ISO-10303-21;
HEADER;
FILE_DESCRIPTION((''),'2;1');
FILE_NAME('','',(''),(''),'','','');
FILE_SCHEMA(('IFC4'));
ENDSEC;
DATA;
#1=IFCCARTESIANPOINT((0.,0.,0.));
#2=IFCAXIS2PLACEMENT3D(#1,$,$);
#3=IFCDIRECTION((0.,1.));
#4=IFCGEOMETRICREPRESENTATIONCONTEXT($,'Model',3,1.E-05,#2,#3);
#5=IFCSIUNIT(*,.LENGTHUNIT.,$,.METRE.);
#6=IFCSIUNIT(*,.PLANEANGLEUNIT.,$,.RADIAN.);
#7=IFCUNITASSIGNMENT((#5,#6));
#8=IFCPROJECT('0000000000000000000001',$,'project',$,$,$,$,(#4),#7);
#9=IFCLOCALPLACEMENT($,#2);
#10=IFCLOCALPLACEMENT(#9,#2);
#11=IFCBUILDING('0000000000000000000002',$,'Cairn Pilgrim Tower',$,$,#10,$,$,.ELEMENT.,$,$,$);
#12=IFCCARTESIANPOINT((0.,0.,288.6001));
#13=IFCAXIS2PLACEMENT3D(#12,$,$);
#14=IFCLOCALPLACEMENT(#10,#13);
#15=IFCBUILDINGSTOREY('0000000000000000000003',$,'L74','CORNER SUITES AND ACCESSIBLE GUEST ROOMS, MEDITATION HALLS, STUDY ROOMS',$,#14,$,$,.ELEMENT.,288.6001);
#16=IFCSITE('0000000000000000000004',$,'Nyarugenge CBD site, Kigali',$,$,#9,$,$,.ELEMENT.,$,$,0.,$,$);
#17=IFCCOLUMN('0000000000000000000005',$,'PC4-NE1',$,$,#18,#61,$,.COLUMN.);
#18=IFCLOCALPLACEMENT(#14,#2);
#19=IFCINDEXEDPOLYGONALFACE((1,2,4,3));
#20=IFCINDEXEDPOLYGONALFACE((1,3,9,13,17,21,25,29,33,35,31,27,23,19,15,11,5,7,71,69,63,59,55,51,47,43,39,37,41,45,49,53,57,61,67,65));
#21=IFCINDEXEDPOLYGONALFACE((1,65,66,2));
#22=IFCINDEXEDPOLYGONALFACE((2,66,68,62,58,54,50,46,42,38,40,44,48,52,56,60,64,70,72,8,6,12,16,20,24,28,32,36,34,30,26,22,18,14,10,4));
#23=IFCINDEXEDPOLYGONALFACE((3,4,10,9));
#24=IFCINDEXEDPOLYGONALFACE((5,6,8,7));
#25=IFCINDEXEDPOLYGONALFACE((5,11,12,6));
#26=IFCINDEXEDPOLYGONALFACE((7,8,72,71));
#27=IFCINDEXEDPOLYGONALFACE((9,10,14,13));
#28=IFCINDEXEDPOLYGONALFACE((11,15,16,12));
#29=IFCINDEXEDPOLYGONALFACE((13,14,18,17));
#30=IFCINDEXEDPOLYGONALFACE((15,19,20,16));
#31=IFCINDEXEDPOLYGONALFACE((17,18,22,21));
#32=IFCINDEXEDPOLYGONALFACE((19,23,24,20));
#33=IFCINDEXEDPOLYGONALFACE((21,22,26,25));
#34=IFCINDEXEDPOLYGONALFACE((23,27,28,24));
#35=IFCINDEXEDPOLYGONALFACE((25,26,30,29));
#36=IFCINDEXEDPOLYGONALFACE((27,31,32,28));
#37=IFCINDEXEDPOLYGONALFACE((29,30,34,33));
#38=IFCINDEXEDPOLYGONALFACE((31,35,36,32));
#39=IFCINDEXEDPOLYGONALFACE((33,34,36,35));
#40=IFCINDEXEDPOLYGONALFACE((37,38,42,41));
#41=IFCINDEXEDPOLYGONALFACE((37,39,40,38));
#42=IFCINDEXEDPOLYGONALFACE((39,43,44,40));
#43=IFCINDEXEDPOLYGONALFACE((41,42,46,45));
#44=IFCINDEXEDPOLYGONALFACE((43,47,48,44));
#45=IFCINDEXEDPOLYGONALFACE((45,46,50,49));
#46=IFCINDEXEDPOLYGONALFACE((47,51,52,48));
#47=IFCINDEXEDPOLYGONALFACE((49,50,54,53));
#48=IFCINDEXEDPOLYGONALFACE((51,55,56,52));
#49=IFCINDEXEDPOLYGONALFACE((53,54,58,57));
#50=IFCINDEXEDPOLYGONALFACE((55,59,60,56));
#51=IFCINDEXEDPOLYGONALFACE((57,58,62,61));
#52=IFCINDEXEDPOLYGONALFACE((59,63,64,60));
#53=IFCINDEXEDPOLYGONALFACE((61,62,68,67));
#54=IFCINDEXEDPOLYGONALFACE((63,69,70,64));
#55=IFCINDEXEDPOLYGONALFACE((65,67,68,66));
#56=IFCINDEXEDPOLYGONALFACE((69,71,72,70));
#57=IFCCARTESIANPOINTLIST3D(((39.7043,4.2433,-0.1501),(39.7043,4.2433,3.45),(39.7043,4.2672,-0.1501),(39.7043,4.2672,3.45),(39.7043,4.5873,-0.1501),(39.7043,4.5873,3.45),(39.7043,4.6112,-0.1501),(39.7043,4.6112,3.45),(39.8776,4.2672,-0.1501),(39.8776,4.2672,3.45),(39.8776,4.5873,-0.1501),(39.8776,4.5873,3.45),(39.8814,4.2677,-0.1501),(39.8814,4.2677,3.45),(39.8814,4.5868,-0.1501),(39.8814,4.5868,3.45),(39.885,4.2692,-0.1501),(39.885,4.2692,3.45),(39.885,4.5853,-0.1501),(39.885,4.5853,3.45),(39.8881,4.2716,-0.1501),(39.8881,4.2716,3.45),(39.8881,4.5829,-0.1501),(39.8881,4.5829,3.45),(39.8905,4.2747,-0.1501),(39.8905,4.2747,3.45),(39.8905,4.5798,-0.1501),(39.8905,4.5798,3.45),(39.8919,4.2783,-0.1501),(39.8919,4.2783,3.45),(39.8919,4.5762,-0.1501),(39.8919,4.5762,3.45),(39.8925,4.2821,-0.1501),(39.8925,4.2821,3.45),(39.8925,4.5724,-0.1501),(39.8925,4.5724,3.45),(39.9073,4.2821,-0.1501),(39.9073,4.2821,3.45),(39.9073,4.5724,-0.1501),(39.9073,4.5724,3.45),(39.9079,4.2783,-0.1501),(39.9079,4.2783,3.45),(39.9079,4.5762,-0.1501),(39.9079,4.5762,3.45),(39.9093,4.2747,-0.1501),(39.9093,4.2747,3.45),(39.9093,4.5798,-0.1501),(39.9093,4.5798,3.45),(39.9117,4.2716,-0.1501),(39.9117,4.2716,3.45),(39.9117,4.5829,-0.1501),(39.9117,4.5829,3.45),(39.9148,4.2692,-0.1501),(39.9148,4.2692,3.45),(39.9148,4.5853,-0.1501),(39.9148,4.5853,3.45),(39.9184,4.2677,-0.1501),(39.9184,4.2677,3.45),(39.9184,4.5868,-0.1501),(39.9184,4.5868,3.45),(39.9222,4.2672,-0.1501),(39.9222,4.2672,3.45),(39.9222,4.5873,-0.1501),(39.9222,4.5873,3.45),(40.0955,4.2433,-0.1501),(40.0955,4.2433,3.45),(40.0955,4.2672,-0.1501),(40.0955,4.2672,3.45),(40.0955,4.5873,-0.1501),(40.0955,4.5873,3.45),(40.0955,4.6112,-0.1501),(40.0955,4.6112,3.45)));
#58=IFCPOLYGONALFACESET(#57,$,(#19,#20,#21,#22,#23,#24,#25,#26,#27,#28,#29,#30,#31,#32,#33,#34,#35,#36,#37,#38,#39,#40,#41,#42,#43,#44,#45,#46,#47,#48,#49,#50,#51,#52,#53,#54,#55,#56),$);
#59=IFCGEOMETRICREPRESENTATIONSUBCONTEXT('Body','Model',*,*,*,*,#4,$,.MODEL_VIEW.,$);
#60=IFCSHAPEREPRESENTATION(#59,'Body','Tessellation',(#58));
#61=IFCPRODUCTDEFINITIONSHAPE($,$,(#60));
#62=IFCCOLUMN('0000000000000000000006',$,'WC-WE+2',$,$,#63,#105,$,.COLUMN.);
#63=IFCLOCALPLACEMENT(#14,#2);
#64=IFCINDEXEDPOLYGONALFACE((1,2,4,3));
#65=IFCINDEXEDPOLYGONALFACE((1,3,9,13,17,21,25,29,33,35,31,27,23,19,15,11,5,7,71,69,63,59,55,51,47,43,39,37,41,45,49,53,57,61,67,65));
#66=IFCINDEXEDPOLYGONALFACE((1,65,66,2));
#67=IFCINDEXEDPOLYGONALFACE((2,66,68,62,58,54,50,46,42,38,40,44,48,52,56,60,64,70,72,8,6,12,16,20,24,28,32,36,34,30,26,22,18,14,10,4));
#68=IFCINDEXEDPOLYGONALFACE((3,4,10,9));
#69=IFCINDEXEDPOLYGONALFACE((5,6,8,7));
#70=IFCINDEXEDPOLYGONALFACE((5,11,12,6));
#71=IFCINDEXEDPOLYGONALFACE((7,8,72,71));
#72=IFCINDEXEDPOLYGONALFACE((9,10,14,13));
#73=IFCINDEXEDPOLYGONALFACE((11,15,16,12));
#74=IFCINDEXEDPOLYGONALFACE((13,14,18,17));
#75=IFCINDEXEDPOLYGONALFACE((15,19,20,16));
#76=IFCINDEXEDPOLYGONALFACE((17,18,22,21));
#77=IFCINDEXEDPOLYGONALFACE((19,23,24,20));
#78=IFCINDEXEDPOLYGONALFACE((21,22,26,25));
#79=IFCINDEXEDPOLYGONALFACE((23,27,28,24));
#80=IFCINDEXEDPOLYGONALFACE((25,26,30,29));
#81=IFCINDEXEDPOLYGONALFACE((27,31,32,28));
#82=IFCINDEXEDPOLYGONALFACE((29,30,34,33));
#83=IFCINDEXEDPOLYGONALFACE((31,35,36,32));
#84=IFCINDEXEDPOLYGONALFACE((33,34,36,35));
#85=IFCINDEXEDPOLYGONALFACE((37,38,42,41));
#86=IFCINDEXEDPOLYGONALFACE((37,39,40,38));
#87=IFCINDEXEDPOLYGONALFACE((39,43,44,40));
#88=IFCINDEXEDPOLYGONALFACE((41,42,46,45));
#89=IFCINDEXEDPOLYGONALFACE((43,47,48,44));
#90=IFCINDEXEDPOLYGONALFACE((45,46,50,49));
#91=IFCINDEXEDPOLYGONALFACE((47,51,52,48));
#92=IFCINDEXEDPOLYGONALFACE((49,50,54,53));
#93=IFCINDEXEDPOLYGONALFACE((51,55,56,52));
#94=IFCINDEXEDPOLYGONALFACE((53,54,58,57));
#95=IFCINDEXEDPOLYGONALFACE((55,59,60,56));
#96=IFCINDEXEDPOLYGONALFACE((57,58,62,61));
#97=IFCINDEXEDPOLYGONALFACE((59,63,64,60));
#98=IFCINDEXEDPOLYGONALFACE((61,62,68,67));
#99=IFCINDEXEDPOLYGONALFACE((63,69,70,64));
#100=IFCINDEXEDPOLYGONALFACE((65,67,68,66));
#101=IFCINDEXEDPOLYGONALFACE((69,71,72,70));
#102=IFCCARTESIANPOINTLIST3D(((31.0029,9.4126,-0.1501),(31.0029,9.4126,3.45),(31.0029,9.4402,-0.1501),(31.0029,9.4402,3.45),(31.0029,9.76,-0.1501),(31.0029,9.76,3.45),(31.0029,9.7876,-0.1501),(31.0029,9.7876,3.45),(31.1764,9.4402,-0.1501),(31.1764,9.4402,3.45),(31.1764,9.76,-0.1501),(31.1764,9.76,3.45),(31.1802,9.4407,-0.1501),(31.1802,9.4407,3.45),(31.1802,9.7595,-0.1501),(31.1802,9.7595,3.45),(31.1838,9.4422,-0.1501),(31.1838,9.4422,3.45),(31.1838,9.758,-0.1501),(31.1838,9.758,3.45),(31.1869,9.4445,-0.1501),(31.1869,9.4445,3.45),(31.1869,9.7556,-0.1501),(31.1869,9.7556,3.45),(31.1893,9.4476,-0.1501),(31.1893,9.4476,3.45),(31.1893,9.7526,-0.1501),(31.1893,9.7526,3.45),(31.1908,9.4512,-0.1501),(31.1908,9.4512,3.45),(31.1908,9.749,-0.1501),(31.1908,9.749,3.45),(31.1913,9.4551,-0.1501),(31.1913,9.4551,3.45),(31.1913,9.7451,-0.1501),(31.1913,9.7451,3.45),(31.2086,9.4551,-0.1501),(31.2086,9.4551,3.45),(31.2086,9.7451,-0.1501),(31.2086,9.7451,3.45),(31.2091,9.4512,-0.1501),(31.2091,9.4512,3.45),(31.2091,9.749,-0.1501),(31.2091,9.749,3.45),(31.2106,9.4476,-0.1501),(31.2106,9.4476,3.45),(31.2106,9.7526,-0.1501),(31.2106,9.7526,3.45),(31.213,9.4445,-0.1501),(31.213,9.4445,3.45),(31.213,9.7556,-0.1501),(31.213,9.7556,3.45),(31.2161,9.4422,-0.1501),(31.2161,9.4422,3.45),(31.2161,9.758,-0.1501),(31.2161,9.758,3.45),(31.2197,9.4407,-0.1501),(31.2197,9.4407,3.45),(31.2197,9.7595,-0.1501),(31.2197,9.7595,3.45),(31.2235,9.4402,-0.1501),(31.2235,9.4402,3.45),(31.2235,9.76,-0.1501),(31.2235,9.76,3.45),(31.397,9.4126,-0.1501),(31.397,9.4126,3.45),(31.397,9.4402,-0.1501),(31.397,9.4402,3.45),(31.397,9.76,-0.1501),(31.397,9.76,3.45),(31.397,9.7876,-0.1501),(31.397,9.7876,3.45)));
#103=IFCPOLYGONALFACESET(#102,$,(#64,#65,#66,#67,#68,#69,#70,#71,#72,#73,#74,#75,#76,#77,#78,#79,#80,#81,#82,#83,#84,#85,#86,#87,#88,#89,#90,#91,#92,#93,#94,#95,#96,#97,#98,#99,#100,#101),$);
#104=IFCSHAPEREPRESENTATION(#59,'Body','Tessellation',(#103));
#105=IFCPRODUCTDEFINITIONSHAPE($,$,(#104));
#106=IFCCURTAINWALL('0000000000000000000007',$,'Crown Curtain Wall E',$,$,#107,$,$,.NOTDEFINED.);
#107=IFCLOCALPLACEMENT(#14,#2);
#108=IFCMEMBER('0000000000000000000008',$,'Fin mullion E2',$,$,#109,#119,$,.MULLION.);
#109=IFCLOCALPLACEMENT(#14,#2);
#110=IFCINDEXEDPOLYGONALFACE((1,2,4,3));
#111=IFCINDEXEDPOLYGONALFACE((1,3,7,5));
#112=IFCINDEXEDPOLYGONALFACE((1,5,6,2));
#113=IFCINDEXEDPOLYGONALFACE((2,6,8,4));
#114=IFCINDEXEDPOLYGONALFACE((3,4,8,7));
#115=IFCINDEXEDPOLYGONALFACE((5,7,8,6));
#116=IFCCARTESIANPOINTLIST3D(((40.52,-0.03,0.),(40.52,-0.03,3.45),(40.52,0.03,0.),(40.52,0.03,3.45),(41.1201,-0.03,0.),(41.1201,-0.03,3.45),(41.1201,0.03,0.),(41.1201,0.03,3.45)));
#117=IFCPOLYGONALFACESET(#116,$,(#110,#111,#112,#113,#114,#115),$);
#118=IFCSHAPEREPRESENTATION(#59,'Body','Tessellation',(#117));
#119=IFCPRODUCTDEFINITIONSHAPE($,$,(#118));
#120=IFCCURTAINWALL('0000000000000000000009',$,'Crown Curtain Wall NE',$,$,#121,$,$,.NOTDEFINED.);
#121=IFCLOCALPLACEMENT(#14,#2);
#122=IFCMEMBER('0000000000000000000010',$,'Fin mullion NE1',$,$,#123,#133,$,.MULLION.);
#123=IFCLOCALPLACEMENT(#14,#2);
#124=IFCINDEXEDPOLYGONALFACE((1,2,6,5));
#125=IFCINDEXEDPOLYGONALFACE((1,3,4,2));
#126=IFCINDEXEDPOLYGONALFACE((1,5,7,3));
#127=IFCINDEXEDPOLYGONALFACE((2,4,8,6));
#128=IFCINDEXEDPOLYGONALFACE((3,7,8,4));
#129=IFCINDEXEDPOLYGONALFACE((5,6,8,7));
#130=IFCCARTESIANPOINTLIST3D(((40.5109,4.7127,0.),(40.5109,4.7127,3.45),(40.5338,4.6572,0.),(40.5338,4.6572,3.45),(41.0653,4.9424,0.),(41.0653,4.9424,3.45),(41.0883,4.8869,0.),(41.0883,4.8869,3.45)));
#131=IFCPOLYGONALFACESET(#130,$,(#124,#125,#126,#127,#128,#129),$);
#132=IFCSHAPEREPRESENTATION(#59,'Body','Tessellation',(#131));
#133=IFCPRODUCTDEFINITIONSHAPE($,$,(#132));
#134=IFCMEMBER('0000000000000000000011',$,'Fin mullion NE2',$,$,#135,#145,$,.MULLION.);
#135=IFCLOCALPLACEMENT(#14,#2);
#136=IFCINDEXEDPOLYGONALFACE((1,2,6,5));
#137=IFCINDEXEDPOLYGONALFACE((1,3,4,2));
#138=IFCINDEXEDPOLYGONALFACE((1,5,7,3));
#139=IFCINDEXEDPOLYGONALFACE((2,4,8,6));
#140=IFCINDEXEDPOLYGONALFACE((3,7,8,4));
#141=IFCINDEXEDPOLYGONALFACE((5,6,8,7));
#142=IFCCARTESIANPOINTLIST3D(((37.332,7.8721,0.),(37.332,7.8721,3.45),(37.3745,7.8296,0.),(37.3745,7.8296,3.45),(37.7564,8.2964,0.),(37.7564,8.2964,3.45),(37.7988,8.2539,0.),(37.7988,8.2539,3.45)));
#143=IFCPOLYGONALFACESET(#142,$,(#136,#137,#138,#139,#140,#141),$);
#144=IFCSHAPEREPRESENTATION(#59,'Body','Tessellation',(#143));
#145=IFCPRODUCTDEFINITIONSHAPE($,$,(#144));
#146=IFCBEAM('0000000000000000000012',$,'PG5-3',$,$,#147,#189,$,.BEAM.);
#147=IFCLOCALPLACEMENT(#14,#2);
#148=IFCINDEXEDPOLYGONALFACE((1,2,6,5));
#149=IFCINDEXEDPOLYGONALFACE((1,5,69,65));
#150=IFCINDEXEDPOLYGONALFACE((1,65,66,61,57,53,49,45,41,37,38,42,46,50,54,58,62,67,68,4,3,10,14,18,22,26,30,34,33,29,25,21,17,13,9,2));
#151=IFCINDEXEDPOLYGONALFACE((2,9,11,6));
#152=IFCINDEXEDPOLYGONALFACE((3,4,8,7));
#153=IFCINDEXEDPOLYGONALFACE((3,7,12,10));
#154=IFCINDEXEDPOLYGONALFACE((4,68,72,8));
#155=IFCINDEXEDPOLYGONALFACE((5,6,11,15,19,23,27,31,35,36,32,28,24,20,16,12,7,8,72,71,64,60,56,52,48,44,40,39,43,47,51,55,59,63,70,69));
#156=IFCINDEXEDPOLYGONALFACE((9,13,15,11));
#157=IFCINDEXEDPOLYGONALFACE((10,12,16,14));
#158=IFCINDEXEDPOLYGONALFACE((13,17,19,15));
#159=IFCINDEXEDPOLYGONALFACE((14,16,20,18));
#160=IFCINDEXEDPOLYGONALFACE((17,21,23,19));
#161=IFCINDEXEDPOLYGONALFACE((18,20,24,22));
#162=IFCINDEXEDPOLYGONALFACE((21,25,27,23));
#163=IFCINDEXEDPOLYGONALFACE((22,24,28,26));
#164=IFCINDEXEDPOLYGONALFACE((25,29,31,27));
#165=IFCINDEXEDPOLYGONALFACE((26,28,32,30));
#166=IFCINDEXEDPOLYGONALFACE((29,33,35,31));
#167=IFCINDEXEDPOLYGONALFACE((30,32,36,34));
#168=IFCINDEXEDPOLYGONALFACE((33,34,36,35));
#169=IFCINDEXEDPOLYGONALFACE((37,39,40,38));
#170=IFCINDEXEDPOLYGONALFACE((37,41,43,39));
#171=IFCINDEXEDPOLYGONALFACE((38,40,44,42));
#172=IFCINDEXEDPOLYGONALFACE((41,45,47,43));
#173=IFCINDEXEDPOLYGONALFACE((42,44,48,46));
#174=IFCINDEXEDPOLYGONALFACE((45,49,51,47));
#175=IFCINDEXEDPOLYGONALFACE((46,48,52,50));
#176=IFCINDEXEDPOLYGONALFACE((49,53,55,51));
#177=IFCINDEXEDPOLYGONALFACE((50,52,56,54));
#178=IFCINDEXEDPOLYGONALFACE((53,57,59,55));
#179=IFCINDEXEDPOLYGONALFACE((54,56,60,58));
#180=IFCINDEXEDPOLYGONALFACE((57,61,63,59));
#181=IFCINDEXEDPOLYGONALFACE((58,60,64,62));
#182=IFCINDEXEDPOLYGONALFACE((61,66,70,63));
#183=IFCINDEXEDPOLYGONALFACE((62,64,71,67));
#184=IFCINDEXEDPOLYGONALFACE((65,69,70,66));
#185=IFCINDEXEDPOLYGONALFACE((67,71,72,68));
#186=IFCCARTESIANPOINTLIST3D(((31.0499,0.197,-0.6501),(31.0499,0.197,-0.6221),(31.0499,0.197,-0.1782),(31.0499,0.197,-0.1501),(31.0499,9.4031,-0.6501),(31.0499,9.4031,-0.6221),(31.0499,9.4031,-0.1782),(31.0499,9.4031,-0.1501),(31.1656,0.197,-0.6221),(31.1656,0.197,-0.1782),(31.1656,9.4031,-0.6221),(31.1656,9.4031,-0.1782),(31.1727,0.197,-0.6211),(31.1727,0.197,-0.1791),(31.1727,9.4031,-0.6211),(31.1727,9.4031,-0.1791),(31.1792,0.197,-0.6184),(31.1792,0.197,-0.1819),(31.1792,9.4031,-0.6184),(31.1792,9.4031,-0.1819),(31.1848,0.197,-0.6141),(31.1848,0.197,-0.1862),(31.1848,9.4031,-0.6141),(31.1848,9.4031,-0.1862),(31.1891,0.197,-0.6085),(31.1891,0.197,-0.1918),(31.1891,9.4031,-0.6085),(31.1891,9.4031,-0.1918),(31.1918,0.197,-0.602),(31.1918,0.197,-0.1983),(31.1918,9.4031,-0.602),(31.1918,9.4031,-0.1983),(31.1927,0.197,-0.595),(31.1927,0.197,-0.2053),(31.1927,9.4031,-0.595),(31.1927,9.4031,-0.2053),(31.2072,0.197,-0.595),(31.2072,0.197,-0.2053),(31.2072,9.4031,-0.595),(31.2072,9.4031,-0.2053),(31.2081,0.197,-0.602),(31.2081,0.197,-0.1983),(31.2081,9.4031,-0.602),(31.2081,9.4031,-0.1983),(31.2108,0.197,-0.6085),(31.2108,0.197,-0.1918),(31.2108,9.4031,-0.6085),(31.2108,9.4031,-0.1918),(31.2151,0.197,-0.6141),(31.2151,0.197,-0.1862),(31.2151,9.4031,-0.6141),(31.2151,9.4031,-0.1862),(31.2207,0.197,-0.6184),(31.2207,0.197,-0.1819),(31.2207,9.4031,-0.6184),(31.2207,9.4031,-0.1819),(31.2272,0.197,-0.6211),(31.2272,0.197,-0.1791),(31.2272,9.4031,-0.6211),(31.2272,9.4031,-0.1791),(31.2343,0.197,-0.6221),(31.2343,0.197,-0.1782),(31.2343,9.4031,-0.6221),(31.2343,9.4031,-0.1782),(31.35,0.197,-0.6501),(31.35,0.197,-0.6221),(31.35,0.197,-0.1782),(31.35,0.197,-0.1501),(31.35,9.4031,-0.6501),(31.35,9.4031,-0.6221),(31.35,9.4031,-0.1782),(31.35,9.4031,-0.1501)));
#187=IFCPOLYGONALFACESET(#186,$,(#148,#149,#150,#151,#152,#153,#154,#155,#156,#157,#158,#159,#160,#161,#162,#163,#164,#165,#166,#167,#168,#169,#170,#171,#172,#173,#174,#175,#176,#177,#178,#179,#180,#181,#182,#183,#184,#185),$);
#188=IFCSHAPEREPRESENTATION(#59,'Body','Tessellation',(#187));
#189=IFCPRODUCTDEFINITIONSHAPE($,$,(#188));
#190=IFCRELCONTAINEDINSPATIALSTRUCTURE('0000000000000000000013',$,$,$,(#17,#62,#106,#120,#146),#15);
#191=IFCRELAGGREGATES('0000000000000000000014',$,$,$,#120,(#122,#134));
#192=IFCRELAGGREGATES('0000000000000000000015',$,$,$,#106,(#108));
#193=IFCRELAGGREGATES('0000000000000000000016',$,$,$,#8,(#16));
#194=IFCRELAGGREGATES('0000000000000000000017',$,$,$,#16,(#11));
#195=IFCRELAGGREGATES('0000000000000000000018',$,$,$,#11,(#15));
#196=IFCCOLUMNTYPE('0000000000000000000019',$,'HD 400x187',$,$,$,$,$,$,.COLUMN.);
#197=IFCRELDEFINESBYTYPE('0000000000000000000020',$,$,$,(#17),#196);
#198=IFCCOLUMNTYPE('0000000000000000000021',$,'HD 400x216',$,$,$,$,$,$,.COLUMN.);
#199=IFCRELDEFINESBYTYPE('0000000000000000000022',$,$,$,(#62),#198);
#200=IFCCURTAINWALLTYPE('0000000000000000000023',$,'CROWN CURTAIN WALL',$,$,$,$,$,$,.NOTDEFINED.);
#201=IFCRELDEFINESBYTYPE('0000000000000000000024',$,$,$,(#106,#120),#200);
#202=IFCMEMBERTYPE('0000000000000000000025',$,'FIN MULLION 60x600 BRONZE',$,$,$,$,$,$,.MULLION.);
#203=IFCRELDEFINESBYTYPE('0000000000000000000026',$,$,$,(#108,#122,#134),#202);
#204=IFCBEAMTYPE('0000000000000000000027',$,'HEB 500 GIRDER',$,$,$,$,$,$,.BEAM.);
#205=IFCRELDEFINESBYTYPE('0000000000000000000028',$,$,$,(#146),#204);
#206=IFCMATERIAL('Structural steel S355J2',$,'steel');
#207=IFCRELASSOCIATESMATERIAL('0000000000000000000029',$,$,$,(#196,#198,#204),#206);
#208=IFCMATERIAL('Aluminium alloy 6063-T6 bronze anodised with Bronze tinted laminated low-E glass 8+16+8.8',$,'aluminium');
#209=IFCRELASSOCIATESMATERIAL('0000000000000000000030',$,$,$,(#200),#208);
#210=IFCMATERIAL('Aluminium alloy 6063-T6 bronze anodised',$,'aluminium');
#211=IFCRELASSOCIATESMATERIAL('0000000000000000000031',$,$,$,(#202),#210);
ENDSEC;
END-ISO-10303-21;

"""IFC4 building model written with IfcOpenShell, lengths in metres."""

from ifc_helpers import new_model, si_unit, direction, frame, origin, origin_2d, place, context, subcontext, project, spatial, rectangle, i_section, extrude, material, material_profile, profile_set, type_object, element, aggregate, save


model = new_model("IFC4")

# Units and contexts
model_context = context("Model", 3, precision=1e-05, world=origin(), true_north=direction((0.0, 1.0)))
body_context = subcontext(model_context, "Body", "Model", "MODEL_VIEW")
ifc_project = project(units=[si_unit("LENGTHUNIT", "METRE"), si_unit("PLANEANGLEUNIT", "RADIAN")], contexts=[model_context])

# Site, building, storey
site_placement = place(None, origin())
site = spatial("IfcSite", under=ifc_project, at=site_placement, Name="Nyarugenge CBD site, Kigali", CompositionType="ELEMENT", RefElevation=0.0)
building_placement = place(site_placement, origin())
building = spatial("IfcBuilding", under=site, at=building_placement, Name="Cairn Pilgrim Tower", CompositionType="ELEMENT")
storey_placement = place(building_placement, frame((0.0, 0.0, 288.6001)))
storey = spatial("IfcBuildingStorey", under=building, at=storey_placement, Name="L74", Description="CORNER SUITES AND ACCESSIBLE GUEST ROOMS, MEDITATION HALLS, STUDY ROOMS", CompositionType="ELEMENT", Elevation=288.6001)

# Columns
ifc_material_1 = material(Name="Structural steel S355J2", Category="steel")
ifc_material_profile_1 = material_profile(ifc_material_1, i_section(OverallWidth=0.3911, OverallDepth=0.3679, WebThickness=0.0149, FlangeThickness=0.0239, FilletRadius=0.0149, at=origin_2d()), Name="HD 400x187")
ifc_profile_set_1 = profile_set([ifc_material_profile_1], Name="Structural steel S355J2")
column_type_1 = type_object("IfcColumnType", Name="HD 400x187", PredefinedType="COLUMN", material=ifc_profile_set_1)
column_1_placement = place(storey_placement, frame((39.8999, 4.4272, -0.1501), z_axis=(0.0, 0.0, 1.0), x_axis=(1.0, 0.0, 0.0)))
element("IfcColumn", 1, at=column_1_placement, inside=storey, type_object=column_type_1, Name="PC4-NE1", PredefinedType="COLUMN", context=body_context, shape_type="SweptSolid", body=[
    extrude(i_section(OverallWidth=0.3911, OverallDepth=0.3679, WebThickness=0.0149, FlangeThickness=0.0239, FilletRadius=0.0149, at=origin_2d()), origin(), (0.0, 0.0, 1.0), 3.6001),
])
ifc_material_profile_2 = material_profile(ifc_material_1, i_section(OverallWidth=0.394, OverallDepth=0.375, WebThickness=0.0173, FlangeThickness=0.0276, FilletRadius=0.0149, at=origin_2d()), Name="HD 400x216")
ifc_profile_set_2 = profile_set([ifc_material_profile_2], Name="Structural steel S355J2")
column_type_2 = type_object("IfcColumnType", Name="HD 400x216", PredefinedType="COLUMN", material=ifc_profile_set_2)
column_2_placement = place(storey_placement, frame((31.2, 9.6001, -0.1501), z_axis=(0.0, 0.0, 1.0), x_axis=(1.0, 0.0, 0.0)))
element("IfcColumn", 2, at=column_2_placement, inside=storey, type_object=column_type_2, Name="WC-WE+2", PredefinedType="COLUMN", context=body_context, shape_type="SweptSolid", body=[
    extrude(i_section(OverallWidth=0.394, OverallDepth=0.375, WebThickness=0.0173, FlangeThickness=0.0276, FilletRadius=0.0149, at=origin_2d()), origin(), (0.0, 0.0, 1.0), 3.6001),
])

# Curtain wall, member
ifc_material_2 = material(Name="Aluminium alloy 6063-T6 bronze anodised with Bronze tinted laminated low-E glass 8+16+8.8", Category="aluminium")
curtain_wall_type = type_object("IfcCurtainWallType", Name="CROWN CURTAIN WALL", PredefinedType="NOTDEFINED", material=ifc_material_2)
curtain_wall_1_placement = place(storey_placement, origin())
curtain_wall_1 = element("IfcCurtainWall", 3, at=curtain_wall_1_placement, inside=storey, type_object=curtain_wall_type, Name="Crown Curtain Wall E", PredefinedType="NOTDEFINED")
ifc_material_3 = material(Name="Aluminium alloy 6063-T6 bronze anodised", Category="aluminium")
ifc_material_profile_3 = material_profile(ifc_material_3, rectangle(XDim=0.6001, YDim=0.0601, at=origin_2d()), Name="FIN MULLION 60x600 BRONZE")
ifc_profile_set_3 = profile_set([ifc_material_profile_3], Name="Aluminium alloy 6063-T6 bronze anodised")
member_type_1 = type_object("IfcMemberType", Name="FIN MULLION 60x600 BRONZE", PredefinedType="MULLION", material=ifc_profile_set_3)
member_1_placement = place(storey_placement, frame((40.8201, 0.0, 0.0), z_axis=(0.0, 0.0, 1.0), x_axis=(1.0, 0.0, 0.0)))
member_1 = element("IfcMember", 4, at=member_1_placement, type_object=member_type_1, Name="Fin mullion E2", PredefinedType="MULLION", context=body_context, shape_type="SweptSolid", body=[
    extrude(rectangle(XDim=0.6001, YDim=0.0601, at=origin_2d()), origin(), (0.0, 0.0, 1.0), 3.45),
])

# Curtain wall, members
curtain_wall_2_placement = place(storey_placement, origin())
curtain_wall_2 = element("IfcCurtainWall", 5, at=curtain_wall_2_placement, inside=storey, type_object=curtain_wall_type, Name="Crown Curtain Wall NE", PredefinedType="NOTDEFINED")
member_2_placement = place(storey_placement, frame((40.7996, 4.7998, 0.0), z_axis=(0.0, 0.0, 1.0), x_axis=(0.92388, 0.382683, 0.0)))
member_2 = element("IfcMember", 6, at=member_2_placement, type_object=member_type_1, Name="Fin mullion NE1", PredefinedType="MULLION", context=body_context, shape_type="SweptSolid", body=[
    extrude(rectangle(XDim=0.6001, YDim=0.0601, at=origin_2d()), origin(), (0.0, 0.0, 1.0), 3.45),
])
member_3_placement = place(storey_placement, frame((37.5654, 8.063, 0.0), z_axis=(0.0, 0.0, 1.0), x_axis=(0.707107, 0.707107, 0.0)))
member_3 = element("IfcMember", 7, at=member_3_placement, type_object=member_type_1, Name="Fin mullion NE2", PredefinedType="MULLION", context=body_context, shape_type="SweptSolid", body=[
    extrude(rectangle(XDim=0.6001, YDim=0.0601, at=origin_2d()), origin(), (0.0, 0.0, 1.0), 3.45),
])

# Beam
ifc_material_profile_4 = material_profile(ifc_material_1, i_section(OverallWidth=0.3, OverallDepth=0.5, WebThickness=0.0144, FlangeThickness=0.0281, FilletRadius=0.0271, at=origin_2d()), Name="HEB 500")
ifc_profile_set_4 = profile_set([ifc_material_profile_4], Name="Structural steel S355J2")
beam_type_1 = type_object("IfcBeamType", Name="HEB 500 GIRDER", PredefinedType="BEAM", material=ifc_profile_set_4)
beam_1_placement = place(storey_placement, frame((31.2, 0.197, -0.4001), z_axis=(0.0, 1.0, 0.0), x_axis=(-1.0, 0.0, 0.0)))
element("IfcBeam", 8, at=beam_1_placement, inside=storey, type_object=beam_type_1, Name="PG5-3", PredefinedType="BEAM", context=body_context, shape_type="SweptSolid", body=[
    extrude(i_section(OverallWidth=0.3, OverallDepth=0.5, WebThickness=0.0144, FlangeThickness=0.0281, FilletRadius=0.0271, at=origin_2d()), origin(), (0.0, 0.0, 1.0), 9.2061),
])

aggregate(curtain_wall_2, [member_2, member_3])
aggregate(curtain_wall_1, [member_1])

save(model, "model.ifc")
